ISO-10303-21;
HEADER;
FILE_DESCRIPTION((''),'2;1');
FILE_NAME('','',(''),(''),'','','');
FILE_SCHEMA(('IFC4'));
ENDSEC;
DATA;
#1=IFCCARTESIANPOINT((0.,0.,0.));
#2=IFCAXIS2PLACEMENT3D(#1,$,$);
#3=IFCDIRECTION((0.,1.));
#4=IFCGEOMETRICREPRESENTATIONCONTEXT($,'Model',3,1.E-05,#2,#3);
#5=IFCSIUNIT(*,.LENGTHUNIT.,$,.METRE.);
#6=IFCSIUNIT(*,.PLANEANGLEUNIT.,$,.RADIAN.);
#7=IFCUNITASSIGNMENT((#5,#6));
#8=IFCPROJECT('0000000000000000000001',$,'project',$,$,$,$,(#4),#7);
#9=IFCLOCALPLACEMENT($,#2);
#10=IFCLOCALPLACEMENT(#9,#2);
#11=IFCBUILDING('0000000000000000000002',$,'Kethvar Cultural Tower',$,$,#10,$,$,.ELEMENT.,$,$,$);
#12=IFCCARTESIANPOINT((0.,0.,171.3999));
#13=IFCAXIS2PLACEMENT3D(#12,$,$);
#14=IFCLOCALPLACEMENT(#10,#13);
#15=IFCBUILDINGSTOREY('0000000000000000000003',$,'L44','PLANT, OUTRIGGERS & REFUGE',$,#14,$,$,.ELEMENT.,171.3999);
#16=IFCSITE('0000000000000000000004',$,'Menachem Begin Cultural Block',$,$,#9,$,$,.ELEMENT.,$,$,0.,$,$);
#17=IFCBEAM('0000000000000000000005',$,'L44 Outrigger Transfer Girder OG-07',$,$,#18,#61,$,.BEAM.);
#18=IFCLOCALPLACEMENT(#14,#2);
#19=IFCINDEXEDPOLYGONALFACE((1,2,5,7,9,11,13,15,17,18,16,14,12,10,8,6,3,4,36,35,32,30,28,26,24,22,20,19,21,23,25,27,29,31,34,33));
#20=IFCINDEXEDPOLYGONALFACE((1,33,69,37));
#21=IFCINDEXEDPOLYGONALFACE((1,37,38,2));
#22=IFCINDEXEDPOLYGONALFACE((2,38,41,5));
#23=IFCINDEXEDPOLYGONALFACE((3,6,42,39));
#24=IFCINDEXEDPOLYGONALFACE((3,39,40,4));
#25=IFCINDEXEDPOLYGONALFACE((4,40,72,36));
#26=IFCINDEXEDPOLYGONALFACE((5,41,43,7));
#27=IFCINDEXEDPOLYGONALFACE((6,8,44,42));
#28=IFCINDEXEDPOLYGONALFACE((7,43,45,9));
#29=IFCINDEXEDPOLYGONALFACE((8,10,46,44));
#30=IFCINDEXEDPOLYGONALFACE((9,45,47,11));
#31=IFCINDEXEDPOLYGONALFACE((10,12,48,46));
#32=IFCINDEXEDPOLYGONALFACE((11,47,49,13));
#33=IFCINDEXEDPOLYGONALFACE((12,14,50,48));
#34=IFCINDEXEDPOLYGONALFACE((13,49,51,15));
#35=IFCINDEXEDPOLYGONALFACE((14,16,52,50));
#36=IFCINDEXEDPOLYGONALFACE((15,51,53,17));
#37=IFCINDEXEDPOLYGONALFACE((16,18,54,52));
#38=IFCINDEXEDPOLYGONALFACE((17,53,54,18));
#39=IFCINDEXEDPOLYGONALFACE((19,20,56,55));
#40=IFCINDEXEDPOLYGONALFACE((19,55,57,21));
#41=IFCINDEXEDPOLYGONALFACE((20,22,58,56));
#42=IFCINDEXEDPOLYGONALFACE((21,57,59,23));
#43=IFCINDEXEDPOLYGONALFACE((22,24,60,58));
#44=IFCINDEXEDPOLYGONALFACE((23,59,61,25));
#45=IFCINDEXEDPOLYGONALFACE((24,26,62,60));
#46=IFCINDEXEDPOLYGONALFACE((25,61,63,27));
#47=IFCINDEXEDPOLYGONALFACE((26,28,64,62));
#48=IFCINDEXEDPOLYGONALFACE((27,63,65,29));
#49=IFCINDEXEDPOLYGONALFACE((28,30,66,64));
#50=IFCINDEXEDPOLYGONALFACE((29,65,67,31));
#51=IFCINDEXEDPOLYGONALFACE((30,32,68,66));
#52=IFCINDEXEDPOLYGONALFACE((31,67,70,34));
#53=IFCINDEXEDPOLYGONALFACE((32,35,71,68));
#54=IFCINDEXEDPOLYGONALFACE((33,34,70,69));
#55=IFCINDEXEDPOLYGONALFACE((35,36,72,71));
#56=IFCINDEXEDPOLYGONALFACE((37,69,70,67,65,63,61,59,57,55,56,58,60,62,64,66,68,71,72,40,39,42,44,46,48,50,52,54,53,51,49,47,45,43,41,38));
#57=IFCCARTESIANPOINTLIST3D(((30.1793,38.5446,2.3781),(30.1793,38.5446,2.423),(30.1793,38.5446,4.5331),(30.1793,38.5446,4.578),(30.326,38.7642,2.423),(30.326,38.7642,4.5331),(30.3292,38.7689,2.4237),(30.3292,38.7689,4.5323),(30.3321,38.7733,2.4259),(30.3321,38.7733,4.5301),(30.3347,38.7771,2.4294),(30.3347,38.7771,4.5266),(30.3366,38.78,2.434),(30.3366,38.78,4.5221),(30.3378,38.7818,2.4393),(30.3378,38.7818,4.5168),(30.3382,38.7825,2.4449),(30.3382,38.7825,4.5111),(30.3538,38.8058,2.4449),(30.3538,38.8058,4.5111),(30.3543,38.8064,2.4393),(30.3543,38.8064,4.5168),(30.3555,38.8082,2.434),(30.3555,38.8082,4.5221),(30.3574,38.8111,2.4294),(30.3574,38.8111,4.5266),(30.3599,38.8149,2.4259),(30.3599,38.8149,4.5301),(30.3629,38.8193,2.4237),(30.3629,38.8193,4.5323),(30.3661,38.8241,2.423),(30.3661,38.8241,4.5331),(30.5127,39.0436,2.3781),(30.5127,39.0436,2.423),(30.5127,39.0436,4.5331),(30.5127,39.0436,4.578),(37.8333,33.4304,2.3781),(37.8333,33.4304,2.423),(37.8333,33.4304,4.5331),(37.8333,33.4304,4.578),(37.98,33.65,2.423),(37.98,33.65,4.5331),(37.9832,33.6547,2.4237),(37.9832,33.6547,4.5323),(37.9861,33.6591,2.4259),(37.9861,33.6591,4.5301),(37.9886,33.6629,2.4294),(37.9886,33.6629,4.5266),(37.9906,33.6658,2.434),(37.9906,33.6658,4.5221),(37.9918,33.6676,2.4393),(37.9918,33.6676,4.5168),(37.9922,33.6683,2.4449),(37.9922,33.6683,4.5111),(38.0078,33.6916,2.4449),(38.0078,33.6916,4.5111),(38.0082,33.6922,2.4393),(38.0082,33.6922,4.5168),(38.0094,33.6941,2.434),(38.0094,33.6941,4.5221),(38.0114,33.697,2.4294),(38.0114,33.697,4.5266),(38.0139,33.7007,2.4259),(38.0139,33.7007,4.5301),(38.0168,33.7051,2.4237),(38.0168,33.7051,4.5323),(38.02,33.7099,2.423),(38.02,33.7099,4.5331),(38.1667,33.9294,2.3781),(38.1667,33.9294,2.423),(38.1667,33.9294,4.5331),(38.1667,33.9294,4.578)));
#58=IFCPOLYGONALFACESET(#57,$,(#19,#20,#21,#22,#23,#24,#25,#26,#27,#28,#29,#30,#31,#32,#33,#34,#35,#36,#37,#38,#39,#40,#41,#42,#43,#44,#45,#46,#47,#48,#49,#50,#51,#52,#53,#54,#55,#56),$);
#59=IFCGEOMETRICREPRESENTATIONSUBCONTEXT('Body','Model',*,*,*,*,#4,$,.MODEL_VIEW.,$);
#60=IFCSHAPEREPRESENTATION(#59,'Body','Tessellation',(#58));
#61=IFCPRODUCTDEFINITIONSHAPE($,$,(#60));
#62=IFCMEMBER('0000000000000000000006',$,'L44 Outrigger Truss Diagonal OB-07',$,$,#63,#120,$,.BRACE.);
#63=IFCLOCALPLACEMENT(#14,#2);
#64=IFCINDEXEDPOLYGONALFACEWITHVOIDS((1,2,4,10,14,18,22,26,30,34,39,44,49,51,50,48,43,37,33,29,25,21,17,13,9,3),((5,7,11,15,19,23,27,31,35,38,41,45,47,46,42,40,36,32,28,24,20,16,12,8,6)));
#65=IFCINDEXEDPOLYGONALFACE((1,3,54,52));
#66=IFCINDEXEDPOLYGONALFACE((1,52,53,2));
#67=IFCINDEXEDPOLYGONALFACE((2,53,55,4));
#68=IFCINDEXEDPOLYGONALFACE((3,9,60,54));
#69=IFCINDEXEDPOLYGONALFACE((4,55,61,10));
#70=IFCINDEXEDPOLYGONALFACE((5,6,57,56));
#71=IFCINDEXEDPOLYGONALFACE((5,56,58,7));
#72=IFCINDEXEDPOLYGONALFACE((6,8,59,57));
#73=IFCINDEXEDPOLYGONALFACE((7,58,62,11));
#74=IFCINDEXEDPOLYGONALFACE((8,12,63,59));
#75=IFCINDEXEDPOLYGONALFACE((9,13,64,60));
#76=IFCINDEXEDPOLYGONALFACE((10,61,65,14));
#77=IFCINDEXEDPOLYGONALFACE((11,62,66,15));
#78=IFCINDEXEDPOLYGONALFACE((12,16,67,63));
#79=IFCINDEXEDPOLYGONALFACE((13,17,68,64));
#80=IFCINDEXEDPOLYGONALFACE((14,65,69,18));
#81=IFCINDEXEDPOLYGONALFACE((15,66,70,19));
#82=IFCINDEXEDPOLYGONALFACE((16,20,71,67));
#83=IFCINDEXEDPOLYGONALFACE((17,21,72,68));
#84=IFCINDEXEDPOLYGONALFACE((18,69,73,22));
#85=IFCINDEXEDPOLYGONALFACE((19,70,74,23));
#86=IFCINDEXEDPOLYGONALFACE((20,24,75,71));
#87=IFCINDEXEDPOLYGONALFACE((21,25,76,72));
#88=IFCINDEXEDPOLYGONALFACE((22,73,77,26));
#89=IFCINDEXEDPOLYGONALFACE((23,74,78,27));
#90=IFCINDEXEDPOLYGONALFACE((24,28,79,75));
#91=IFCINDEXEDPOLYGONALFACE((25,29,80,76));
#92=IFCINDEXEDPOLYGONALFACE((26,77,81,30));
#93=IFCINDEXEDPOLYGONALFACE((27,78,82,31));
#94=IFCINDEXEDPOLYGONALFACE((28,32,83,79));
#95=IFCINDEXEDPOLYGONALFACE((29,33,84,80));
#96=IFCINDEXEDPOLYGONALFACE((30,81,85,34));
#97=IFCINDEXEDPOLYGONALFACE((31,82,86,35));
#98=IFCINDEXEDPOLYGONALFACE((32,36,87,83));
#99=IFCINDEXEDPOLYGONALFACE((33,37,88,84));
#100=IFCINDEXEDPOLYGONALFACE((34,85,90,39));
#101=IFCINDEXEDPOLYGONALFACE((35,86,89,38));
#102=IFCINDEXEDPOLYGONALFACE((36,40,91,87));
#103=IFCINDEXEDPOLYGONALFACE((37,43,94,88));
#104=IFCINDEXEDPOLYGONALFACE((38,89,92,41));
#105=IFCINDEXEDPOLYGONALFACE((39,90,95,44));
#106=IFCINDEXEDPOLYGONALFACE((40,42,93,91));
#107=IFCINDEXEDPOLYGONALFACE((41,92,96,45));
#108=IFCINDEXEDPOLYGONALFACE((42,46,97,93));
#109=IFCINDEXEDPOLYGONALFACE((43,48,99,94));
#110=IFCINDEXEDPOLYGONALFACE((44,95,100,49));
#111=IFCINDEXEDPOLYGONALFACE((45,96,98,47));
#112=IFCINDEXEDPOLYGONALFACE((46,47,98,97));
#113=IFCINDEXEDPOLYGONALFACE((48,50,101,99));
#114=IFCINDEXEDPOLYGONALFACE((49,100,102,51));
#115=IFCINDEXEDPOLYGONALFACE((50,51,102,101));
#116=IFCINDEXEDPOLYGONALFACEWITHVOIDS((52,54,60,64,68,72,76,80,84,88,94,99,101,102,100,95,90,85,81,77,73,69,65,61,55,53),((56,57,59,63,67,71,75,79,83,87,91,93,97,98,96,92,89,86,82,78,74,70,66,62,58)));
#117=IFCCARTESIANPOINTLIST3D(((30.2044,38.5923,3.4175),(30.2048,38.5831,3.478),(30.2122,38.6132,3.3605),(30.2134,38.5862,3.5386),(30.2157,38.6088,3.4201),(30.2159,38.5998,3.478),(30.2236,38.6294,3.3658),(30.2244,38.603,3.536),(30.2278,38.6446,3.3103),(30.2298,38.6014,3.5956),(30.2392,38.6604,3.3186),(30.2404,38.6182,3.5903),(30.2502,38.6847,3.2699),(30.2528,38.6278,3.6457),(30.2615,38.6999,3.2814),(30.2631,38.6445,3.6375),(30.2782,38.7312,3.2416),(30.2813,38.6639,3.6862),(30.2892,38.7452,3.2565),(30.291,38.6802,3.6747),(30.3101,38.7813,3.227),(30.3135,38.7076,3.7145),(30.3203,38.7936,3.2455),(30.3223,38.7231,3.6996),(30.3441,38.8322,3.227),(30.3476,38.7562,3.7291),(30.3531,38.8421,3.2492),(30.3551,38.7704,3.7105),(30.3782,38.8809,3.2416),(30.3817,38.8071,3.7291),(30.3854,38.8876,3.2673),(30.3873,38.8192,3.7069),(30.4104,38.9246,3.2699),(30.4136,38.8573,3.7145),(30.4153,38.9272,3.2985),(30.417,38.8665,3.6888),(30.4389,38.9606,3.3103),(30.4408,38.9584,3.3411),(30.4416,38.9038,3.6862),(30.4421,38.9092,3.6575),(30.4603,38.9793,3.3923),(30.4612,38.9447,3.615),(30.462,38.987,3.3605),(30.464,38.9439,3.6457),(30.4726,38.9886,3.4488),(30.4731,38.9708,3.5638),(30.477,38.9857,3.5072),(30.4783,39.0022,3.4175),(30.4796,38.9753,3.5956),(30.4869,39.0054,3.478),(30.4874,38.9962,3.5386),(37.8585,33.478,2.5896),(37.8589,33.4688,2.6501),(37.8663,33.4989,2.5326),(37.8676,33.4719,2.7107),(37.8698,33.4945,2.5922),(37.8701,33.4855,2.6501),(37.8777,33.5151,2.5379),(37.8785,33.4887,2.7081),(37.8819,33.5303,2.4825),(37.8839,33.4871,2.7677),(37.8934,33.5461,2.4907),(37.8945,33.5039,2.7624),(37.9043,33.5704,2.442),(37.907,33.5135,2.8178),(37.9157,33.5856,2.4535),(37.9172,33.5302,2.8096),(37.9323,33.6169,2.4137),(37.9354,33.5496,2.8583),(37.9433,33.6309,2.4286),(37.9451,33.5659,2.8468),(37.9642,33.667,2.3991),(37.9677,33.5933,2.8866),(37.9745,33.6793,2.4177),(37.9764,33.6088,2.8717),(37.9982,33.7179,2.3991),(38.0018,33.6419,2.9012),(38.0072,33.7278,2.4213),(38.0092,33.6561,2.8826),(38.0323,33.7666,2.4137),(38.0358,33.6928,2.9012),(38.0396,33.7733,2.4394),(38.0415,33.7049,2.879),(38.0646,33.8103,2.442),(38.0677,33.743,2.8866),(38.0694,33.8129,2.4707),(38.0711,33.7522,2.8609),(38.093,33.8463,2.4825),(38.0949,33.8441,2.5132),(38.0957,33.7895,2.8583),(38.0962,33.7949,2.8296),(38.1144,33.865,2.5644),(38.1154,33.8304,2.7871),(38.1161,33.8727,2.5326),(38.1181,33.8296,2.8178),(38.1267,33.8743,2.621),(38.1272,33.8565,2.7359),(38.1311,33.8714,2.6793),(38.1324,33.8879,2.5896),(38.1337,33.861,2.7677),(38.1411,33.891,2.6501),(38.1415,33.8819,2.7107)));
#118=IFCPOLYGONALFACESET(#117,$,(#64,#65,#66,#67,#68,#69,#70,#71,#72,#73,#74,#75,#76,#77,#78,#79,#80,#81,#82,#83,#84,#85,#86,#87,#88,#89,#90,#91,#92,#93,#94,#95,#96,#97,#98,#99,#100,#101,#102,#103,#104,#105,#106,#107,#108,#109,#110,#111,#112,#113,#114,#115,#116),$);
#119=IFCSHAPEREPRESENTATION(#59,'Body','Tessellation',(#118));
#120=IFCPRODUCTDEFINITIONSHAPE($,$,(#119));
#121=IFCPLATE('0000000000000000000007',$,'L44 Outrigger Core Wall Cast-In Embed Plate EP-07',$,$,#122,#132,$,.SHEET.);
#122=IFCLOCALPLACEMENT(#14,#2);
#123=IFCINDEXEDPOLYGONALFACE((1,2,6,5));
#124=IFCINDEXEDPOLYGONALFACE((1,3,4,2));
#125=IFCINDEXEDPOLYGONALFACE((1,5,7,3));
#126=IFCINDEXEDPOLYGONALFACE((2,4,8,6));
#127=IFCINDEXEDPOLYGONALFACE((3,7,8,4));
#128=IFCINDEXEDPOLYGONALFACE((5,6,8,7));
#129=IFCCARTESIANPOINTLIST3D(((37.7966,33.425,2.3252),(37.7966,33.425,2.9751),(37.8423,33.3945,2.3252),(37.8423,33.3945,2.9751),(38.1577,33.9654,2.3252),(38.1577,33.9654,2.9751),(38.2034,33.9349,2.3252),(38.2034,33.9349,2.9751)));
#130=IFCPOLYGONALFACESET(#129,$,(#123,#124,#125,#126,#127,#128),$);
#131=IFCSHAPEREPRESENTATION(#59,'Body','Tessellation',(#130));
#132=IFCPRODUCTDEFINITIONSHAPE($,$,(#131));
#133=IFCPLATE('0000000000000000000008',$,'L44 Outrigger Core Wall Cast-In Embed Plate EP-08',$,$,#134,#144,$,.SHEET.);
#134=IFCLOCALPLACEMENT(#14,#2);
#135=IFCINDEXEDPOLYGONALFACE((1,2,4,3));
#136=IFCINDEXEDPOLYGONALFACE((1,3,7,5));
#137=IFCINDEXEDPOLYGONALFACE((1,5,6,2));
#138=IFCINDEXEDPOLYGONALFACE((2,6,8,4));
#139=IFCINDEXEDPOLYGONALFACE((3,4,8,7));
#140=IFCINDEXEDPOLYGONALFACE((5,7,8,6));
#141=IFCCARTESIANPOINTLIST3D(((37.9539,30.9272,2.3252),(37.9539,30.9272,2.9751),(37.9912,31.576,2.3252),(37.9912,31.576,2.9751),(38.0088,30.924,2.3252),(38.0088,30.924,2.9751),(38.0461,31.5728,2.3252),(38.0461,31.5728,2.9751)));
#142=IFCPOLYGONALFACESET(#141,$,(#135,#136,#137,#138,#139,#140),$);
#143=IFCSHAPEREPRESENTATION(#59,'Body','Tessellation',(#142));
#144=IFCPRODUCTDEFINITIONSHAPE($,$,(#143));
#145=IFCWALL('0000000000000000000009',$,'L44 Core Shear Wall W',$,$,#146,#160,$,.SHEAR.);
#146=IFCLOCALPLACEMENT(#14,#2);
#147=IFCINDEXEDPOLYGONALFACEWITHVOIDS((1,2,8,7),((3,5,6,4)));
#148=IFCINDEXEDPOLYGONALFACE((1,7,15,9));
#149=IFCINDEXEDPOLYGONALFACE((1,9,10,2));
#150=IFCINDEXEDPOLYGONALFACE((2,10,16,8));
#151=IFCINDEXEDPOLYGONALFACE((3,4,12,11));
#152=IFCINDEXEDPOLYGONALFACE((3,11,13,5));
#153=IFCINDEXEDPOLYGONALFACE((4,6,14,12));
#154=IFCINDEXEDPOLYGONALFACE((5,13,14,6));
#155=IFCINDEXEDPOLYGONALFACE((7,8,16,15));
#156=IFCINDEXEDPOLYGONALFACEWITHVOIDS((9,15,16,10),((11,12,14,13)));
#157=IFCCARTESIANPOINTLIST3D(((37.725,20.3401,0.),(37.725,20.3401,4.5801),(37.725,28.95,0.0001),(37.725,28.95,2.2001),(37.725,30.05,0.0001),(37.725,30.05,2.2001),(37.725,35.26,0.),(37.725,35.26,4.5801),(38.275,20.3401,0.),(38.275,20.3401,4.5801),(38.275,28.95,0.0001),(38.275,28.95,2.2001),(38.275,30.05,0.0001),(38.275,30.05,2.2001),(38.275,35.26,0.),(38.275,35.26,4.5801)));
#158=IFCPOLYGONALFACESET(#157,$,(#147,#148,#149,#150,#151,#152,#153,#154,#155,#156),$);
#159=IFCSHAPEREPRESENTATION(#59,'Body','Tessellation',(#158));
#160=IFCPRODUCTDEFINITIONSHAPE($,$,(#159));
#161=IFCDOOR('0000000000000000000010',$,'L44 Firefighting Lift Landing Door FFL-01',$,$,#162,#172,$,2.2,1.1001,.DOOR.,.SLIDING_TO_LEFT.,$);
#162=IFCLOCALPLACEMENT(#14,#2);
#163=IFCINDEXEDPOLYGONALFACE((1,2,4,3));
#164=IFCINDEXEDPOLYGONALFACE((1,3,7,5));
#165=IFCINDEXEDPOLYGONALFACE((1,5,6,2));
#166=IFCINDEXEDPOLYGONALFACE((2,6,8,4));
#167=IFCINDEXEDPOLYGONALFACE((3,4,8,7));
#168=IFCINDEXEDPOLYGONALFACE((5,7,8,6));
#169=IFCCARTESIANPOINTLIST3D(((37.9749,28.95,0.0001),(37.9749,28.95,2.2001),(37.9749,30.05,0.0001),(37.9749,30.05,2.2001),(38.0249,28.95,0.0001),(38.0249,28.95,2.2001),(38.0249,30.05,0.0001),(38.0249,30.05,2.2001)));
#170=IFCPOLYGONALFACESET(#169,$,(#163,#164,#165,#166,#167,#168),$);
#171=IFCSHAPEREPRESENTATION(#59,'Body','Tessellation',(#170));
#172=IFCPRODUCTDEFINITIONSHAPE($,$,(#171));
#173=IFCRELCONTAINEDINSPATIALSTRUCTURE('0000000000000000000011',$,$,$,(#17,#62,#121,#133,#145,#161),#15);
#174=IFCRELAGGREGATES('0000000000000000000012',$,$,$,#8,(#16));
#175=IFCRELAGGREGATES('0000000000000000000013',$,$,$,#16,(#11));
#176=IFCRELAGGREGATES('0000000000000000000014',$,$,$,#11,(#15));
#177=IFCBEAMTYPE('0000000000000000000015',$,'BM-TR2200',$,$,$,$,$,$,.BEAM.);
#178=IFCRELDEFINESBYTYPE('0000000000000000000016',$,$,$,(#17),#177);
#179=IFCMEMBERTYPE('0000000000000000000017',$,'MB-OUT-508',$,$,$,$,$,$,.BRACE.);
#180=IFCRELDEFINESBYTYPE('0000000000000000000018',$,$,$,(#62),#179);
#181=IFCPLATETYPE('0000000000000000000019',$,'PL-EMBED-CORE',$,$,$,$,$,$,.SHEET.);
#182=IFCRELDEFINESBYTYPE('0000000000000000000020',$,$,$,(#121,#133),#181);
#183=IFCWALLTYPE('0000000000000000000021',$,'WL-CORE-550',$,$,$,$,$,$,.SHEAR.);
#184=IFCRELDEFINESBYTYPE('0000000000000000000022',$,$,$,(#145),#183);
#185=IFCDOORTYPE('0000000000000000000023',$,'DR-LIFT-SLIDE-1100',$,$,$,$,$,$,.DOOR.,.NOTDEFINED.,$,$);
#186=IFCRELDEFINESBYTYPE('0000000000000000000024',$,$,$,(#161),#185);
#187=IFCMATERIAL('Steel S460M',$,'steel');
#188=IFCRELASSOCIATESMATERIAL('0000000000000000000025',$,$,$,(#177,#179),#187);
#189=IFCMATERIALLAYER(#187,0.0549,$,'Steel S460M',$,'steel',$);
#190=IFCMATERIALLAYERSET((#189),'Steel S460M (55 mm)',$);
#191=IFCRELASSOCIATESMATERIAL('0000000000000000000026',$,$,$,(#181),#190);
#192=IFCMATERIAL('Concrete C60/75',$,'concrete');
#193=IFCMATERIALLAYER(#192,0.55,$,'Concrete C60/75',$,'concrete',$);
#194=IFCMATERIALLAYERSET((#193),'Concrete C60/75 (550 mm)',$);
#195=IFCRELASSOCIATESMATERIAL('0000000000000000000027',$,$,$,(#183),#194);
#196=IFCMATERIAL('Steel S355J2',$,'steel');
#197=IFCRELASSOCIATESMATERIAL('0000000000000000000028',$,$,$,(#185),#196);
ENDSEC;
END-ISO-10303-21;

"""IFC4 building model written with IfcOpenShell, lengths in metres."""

from ifc_helpers import new_model, si_unit, direction, frame, frame_2d, origin, origin_2d, place, context, subcontext, project, spatial, rectangle, hollow_circle, i_section, extrude, source, transform, mapped, material, layer, layer_set, material_profile, profile_set, type_object, element, fill, save


model = new_model("IFC4")

# Units and contexts
model_context = context("Model", 3, precision=1e-05, world=origin(), true_north=direction((0.0, 1.0)))
body_context = subcontext(model_context, "Body", "Model", "MODEL_VIEW")
ifc_project = project(units=[si_unit("LENGTHUNIT", "METRE"), si_unit("PLANEANGLEUNIT", "RADIAN")], contexts=[model_context])

# Site, building, storey
site_placement = place(None, origin())
site = spatial("IfcSite", under=ifc_project, at=site_placement, Name="Menachem Begin Cultural Block", CompositionType="ELEMENT", RefElevation=0.0)
building_placement = place(site_placement, origin())
building = spatial("IfcBuilding", under=site, at=building_placement, Name="Kethvar Cultural Tower", CompositionType="ELEMENT")
storey_placement = place(building_placement, frame((0.0, 0.0, 171.3999)))
storey = spatial("IfcBuildingStorey", under=building, at=storey_placement, Name="L44", Description="PLANT, OUTRIGGERS & REFUGE", CompositionType="ELEMENT", Elevation=171.3999)

# Beam
ifc_material_1 = material(Name="Steel S460M", Category="steel")
ifc_material_profile_1 = material_profile(ifc_material_1, i_section(OverallWidth=0.6001, OverallDepth=2.2, WebThickness=0.0281, FlangeThickness=0.0449, FilletRadius=0.022, at=origin_2d()), Name="Steel S460M — PG2200x600x45x28")
ifc_profile_set_1 = profile_set([ifc_material_profile_1], Name="Steel S460M — PG2200x600x45x28")
beam_type = type_object("IfcBeamType", Name="BM-TR2200", PredefinedType="BEAM", material=ifc_profile_set_1)
shared_shape_1 = source(origin(), body_context, "Body", "SweptSolid", [
    extrude(i_section(OverallWidth=0.6001, OverallDepth=2.2, WebThickness=0.0281, FlangeThickness=0.0449, FilletRadius=0.022, at=origin_2d()), origin(), (0.0, 0.0, 1.0), 9.2053),
])
beam_placement = place(storey_placement, frame((38.0, 33.6799, 3.478), z_axis=(-0.83147, 0.555569, 0.0), x_axis=(-0.555569, -0.83147, 0.0)))
element("IfcBeam", 1, at=beam_placement, inside=storey, type_object=beam_type, Name="L44 Outrigger Transfer Girder OG-07", PredefinedType="BEAM", context=body_context, shape_type="MappedRepresentation", body=[
    mapped(shared_shape_1, transform((0.0, 0.0, 0.0), scale=1.0)),
])

# Member
ifc_material_profile_2 = material_profile(ifc_material_1, hollow_circle(Radius=0.2539, WallThickness=0.02, at=origin_2d()), Name="Steel S460M — CHS508x20")
ifc_profile_set_2 = profile_set([ifc_material_profile_2], Name="Steel S460M — CHS508x20")
member_type = type_object("IfcMemberType", Name="MB-OUT-508", PredefinedType="BRACE", material=ifc_profile_set_2)
shared_shape_2 = source(origin(), body_context, "Body", "SweptSolid", [
    extrude(hollow_circle(Radius=0.2539, WallThickness=0.02, at=origin_2d()), origin(), (0.0, 0.0, 1.0), 9.2427),
])
member_placement = place(storey_placement, frame((38.0, 33.6799, 2.6501), z_axis=(-0.828128, 0.553336, 0.089572), x_axis=(-0.555569, -0.83147, 0.0)))
element("IfcMember", 2, at=member_placement, inside=storey, type_object=member_type, Name="L44 Outrigger Truss Diagonal OB-07", PredefinedType="BRACE", context=body_context, shape_type="MappedRepresentation", body=[
    mapped(shared_shape_2, transform((0.0, 0.0, 0.0), scale=1.0)),
])

# Plates
ifc_layer_1 = layer(ifc_material_1, 0.0549, Name="Steel S460M", Category="steel")
ifc_layer_set_1 = layer_set([ifc_layer_1], Name="Steel S460M (55 mm)")
plate_type = type_object("IfcPlateType", Name="PL-EMBED-CORE", PredefinedType="SHEET", material=ifc_layer_set_1)
shared_shape_3 = source(origin(), body_context, "Body", "SweptSolid", [
    extrude(rectangle(XDim=0.0549, YDim=0.6499, at=origin_2d()), origin(), (0.0, 0.0, 1.0), 0.6499),
])
for number, where, z_axis, x_axis, name in (
    (3, (38.0, 33.6799, 2.3252), (0.0, 0.0, 1.0), (-0.83147, 0.55557, 0.0), "L44 Outrigger Core Wall Cast-In Embed Plate EP-07"),
    (4, (38.0, 31.25, 2.3252), (0.0, 0.0, 1.0), (-0.998352, 0.05739, 0.0), "L44 Outrigger Core Wall Cast-In Embed Plate EP-08"),
):
    element("IfcPlate", number, at=place(storey_placement, frame(where, z_axis=z_axis, x_axis=x_axis)), inside=storey, type_object=plate_type, Name=name, PredefinedType="SHEET", context=body_context, shape_type="MappedRepresentation", body=[
        mapped(shared_shape_3, transform((0.0, 0.0, 0.0), scale=1.0)),
    ])

# Wall, opening, door
ifc_material_2 = material(Name="Concrete C60/75", Category="concrete")
ifc_layer_2 = layer(ifc_material_2, 0.55, Name="Concrete C60/75", Category="concrete")
ifc_layer_set_2 = layer_set([ifc_layer_2], Name="Concrete C60/75 (550 mm)")
wall_type_1 = type_object("IfcWallType", Name="WL-CORE-550", PredefinedType="SHEAR", material=ifc_layer_set_2)
wall_1_placement = place(storey_placement, frame((38.0, 35.26, 0.0), z_axis=(0.0, 0.0, 1.0), x_axis=(0.0, -1.0, 0.0)))
wall_1 = element("IfcWall", 5, at=wall_1_placement, inside=storey, type_object=wall_type_1, Name="L44 Core Shear Wall W", PredefinedType="SHEAR", context=body_context, shape_type="SweptSolid", body=[
    extrude(rectangle(XDim=14.9199, YDim=0.55, at=frame_2d((7.46, 0.0))), origin(), (0.0, 0.0, 1.0), 4.5801),
])
opening_placement = place(wall_1_placement, frame((5.21, 0.0, 0.0)))
opening = element("IfcOpeningElement", 6, at=opening_placement, cuts=wall_1, PredefinedType="OPENING", context=body_context, shape_type="SweptSolid", body=[
    extrude(rectangle(XDim=1.1001, YDim=2.2, at=frame_2d((0.55, 1.1001))), frame((0.0, 0.2849, 0.0), z_axis=(0.0, -1.0, 0.0), x_axis=(1.0, 0.0, 0.0)), (0.0, 0.0, 1.0), 0.5701),
])
ifc_material_3 = material(Name="Steel S355J2", Category="steel")
door_type = type_object("IfcDoorType", Name="DR-LIFT-SLIDE-1100", OperationType="NOTDEFINED", PredefinedType="DOOR", material=ifc_material_3)
shared_shape_4 = source(origin(), body_context, "Body", "SweptSolid", [
    extrude(rectangle(XDim=1.1001, YDim=2.2, at=frame_2d((0.55, 1.1001))), frame((0.0, 0.0249, 0.0), z_axis=(0.0, -1.0, 0.0), x_axis=(1.0, 0.0, 0.0)), (0.0, 0.0, 1.0), 0.05),
])
door_placement = place(opening_placement, origin())
door = element("IfcDoor", 7, at=door_placement, inside=storey, type_object=door_type, Name="L44 Firefighting Lift Landing Door FFL-01", OperationType="SLIDING_TO_LEFT", OverallHeight=2.2, OverallWidth=1.1001, PredefinedType="DOOR", context=body_context, shape_type="MappedRepresentation", body=[
    mapped(shared_shape_4, transform((0.0, 0.0, 0.0), scale=1.0)),
])
fill(opening, door)

save(model, "model.ifc")
